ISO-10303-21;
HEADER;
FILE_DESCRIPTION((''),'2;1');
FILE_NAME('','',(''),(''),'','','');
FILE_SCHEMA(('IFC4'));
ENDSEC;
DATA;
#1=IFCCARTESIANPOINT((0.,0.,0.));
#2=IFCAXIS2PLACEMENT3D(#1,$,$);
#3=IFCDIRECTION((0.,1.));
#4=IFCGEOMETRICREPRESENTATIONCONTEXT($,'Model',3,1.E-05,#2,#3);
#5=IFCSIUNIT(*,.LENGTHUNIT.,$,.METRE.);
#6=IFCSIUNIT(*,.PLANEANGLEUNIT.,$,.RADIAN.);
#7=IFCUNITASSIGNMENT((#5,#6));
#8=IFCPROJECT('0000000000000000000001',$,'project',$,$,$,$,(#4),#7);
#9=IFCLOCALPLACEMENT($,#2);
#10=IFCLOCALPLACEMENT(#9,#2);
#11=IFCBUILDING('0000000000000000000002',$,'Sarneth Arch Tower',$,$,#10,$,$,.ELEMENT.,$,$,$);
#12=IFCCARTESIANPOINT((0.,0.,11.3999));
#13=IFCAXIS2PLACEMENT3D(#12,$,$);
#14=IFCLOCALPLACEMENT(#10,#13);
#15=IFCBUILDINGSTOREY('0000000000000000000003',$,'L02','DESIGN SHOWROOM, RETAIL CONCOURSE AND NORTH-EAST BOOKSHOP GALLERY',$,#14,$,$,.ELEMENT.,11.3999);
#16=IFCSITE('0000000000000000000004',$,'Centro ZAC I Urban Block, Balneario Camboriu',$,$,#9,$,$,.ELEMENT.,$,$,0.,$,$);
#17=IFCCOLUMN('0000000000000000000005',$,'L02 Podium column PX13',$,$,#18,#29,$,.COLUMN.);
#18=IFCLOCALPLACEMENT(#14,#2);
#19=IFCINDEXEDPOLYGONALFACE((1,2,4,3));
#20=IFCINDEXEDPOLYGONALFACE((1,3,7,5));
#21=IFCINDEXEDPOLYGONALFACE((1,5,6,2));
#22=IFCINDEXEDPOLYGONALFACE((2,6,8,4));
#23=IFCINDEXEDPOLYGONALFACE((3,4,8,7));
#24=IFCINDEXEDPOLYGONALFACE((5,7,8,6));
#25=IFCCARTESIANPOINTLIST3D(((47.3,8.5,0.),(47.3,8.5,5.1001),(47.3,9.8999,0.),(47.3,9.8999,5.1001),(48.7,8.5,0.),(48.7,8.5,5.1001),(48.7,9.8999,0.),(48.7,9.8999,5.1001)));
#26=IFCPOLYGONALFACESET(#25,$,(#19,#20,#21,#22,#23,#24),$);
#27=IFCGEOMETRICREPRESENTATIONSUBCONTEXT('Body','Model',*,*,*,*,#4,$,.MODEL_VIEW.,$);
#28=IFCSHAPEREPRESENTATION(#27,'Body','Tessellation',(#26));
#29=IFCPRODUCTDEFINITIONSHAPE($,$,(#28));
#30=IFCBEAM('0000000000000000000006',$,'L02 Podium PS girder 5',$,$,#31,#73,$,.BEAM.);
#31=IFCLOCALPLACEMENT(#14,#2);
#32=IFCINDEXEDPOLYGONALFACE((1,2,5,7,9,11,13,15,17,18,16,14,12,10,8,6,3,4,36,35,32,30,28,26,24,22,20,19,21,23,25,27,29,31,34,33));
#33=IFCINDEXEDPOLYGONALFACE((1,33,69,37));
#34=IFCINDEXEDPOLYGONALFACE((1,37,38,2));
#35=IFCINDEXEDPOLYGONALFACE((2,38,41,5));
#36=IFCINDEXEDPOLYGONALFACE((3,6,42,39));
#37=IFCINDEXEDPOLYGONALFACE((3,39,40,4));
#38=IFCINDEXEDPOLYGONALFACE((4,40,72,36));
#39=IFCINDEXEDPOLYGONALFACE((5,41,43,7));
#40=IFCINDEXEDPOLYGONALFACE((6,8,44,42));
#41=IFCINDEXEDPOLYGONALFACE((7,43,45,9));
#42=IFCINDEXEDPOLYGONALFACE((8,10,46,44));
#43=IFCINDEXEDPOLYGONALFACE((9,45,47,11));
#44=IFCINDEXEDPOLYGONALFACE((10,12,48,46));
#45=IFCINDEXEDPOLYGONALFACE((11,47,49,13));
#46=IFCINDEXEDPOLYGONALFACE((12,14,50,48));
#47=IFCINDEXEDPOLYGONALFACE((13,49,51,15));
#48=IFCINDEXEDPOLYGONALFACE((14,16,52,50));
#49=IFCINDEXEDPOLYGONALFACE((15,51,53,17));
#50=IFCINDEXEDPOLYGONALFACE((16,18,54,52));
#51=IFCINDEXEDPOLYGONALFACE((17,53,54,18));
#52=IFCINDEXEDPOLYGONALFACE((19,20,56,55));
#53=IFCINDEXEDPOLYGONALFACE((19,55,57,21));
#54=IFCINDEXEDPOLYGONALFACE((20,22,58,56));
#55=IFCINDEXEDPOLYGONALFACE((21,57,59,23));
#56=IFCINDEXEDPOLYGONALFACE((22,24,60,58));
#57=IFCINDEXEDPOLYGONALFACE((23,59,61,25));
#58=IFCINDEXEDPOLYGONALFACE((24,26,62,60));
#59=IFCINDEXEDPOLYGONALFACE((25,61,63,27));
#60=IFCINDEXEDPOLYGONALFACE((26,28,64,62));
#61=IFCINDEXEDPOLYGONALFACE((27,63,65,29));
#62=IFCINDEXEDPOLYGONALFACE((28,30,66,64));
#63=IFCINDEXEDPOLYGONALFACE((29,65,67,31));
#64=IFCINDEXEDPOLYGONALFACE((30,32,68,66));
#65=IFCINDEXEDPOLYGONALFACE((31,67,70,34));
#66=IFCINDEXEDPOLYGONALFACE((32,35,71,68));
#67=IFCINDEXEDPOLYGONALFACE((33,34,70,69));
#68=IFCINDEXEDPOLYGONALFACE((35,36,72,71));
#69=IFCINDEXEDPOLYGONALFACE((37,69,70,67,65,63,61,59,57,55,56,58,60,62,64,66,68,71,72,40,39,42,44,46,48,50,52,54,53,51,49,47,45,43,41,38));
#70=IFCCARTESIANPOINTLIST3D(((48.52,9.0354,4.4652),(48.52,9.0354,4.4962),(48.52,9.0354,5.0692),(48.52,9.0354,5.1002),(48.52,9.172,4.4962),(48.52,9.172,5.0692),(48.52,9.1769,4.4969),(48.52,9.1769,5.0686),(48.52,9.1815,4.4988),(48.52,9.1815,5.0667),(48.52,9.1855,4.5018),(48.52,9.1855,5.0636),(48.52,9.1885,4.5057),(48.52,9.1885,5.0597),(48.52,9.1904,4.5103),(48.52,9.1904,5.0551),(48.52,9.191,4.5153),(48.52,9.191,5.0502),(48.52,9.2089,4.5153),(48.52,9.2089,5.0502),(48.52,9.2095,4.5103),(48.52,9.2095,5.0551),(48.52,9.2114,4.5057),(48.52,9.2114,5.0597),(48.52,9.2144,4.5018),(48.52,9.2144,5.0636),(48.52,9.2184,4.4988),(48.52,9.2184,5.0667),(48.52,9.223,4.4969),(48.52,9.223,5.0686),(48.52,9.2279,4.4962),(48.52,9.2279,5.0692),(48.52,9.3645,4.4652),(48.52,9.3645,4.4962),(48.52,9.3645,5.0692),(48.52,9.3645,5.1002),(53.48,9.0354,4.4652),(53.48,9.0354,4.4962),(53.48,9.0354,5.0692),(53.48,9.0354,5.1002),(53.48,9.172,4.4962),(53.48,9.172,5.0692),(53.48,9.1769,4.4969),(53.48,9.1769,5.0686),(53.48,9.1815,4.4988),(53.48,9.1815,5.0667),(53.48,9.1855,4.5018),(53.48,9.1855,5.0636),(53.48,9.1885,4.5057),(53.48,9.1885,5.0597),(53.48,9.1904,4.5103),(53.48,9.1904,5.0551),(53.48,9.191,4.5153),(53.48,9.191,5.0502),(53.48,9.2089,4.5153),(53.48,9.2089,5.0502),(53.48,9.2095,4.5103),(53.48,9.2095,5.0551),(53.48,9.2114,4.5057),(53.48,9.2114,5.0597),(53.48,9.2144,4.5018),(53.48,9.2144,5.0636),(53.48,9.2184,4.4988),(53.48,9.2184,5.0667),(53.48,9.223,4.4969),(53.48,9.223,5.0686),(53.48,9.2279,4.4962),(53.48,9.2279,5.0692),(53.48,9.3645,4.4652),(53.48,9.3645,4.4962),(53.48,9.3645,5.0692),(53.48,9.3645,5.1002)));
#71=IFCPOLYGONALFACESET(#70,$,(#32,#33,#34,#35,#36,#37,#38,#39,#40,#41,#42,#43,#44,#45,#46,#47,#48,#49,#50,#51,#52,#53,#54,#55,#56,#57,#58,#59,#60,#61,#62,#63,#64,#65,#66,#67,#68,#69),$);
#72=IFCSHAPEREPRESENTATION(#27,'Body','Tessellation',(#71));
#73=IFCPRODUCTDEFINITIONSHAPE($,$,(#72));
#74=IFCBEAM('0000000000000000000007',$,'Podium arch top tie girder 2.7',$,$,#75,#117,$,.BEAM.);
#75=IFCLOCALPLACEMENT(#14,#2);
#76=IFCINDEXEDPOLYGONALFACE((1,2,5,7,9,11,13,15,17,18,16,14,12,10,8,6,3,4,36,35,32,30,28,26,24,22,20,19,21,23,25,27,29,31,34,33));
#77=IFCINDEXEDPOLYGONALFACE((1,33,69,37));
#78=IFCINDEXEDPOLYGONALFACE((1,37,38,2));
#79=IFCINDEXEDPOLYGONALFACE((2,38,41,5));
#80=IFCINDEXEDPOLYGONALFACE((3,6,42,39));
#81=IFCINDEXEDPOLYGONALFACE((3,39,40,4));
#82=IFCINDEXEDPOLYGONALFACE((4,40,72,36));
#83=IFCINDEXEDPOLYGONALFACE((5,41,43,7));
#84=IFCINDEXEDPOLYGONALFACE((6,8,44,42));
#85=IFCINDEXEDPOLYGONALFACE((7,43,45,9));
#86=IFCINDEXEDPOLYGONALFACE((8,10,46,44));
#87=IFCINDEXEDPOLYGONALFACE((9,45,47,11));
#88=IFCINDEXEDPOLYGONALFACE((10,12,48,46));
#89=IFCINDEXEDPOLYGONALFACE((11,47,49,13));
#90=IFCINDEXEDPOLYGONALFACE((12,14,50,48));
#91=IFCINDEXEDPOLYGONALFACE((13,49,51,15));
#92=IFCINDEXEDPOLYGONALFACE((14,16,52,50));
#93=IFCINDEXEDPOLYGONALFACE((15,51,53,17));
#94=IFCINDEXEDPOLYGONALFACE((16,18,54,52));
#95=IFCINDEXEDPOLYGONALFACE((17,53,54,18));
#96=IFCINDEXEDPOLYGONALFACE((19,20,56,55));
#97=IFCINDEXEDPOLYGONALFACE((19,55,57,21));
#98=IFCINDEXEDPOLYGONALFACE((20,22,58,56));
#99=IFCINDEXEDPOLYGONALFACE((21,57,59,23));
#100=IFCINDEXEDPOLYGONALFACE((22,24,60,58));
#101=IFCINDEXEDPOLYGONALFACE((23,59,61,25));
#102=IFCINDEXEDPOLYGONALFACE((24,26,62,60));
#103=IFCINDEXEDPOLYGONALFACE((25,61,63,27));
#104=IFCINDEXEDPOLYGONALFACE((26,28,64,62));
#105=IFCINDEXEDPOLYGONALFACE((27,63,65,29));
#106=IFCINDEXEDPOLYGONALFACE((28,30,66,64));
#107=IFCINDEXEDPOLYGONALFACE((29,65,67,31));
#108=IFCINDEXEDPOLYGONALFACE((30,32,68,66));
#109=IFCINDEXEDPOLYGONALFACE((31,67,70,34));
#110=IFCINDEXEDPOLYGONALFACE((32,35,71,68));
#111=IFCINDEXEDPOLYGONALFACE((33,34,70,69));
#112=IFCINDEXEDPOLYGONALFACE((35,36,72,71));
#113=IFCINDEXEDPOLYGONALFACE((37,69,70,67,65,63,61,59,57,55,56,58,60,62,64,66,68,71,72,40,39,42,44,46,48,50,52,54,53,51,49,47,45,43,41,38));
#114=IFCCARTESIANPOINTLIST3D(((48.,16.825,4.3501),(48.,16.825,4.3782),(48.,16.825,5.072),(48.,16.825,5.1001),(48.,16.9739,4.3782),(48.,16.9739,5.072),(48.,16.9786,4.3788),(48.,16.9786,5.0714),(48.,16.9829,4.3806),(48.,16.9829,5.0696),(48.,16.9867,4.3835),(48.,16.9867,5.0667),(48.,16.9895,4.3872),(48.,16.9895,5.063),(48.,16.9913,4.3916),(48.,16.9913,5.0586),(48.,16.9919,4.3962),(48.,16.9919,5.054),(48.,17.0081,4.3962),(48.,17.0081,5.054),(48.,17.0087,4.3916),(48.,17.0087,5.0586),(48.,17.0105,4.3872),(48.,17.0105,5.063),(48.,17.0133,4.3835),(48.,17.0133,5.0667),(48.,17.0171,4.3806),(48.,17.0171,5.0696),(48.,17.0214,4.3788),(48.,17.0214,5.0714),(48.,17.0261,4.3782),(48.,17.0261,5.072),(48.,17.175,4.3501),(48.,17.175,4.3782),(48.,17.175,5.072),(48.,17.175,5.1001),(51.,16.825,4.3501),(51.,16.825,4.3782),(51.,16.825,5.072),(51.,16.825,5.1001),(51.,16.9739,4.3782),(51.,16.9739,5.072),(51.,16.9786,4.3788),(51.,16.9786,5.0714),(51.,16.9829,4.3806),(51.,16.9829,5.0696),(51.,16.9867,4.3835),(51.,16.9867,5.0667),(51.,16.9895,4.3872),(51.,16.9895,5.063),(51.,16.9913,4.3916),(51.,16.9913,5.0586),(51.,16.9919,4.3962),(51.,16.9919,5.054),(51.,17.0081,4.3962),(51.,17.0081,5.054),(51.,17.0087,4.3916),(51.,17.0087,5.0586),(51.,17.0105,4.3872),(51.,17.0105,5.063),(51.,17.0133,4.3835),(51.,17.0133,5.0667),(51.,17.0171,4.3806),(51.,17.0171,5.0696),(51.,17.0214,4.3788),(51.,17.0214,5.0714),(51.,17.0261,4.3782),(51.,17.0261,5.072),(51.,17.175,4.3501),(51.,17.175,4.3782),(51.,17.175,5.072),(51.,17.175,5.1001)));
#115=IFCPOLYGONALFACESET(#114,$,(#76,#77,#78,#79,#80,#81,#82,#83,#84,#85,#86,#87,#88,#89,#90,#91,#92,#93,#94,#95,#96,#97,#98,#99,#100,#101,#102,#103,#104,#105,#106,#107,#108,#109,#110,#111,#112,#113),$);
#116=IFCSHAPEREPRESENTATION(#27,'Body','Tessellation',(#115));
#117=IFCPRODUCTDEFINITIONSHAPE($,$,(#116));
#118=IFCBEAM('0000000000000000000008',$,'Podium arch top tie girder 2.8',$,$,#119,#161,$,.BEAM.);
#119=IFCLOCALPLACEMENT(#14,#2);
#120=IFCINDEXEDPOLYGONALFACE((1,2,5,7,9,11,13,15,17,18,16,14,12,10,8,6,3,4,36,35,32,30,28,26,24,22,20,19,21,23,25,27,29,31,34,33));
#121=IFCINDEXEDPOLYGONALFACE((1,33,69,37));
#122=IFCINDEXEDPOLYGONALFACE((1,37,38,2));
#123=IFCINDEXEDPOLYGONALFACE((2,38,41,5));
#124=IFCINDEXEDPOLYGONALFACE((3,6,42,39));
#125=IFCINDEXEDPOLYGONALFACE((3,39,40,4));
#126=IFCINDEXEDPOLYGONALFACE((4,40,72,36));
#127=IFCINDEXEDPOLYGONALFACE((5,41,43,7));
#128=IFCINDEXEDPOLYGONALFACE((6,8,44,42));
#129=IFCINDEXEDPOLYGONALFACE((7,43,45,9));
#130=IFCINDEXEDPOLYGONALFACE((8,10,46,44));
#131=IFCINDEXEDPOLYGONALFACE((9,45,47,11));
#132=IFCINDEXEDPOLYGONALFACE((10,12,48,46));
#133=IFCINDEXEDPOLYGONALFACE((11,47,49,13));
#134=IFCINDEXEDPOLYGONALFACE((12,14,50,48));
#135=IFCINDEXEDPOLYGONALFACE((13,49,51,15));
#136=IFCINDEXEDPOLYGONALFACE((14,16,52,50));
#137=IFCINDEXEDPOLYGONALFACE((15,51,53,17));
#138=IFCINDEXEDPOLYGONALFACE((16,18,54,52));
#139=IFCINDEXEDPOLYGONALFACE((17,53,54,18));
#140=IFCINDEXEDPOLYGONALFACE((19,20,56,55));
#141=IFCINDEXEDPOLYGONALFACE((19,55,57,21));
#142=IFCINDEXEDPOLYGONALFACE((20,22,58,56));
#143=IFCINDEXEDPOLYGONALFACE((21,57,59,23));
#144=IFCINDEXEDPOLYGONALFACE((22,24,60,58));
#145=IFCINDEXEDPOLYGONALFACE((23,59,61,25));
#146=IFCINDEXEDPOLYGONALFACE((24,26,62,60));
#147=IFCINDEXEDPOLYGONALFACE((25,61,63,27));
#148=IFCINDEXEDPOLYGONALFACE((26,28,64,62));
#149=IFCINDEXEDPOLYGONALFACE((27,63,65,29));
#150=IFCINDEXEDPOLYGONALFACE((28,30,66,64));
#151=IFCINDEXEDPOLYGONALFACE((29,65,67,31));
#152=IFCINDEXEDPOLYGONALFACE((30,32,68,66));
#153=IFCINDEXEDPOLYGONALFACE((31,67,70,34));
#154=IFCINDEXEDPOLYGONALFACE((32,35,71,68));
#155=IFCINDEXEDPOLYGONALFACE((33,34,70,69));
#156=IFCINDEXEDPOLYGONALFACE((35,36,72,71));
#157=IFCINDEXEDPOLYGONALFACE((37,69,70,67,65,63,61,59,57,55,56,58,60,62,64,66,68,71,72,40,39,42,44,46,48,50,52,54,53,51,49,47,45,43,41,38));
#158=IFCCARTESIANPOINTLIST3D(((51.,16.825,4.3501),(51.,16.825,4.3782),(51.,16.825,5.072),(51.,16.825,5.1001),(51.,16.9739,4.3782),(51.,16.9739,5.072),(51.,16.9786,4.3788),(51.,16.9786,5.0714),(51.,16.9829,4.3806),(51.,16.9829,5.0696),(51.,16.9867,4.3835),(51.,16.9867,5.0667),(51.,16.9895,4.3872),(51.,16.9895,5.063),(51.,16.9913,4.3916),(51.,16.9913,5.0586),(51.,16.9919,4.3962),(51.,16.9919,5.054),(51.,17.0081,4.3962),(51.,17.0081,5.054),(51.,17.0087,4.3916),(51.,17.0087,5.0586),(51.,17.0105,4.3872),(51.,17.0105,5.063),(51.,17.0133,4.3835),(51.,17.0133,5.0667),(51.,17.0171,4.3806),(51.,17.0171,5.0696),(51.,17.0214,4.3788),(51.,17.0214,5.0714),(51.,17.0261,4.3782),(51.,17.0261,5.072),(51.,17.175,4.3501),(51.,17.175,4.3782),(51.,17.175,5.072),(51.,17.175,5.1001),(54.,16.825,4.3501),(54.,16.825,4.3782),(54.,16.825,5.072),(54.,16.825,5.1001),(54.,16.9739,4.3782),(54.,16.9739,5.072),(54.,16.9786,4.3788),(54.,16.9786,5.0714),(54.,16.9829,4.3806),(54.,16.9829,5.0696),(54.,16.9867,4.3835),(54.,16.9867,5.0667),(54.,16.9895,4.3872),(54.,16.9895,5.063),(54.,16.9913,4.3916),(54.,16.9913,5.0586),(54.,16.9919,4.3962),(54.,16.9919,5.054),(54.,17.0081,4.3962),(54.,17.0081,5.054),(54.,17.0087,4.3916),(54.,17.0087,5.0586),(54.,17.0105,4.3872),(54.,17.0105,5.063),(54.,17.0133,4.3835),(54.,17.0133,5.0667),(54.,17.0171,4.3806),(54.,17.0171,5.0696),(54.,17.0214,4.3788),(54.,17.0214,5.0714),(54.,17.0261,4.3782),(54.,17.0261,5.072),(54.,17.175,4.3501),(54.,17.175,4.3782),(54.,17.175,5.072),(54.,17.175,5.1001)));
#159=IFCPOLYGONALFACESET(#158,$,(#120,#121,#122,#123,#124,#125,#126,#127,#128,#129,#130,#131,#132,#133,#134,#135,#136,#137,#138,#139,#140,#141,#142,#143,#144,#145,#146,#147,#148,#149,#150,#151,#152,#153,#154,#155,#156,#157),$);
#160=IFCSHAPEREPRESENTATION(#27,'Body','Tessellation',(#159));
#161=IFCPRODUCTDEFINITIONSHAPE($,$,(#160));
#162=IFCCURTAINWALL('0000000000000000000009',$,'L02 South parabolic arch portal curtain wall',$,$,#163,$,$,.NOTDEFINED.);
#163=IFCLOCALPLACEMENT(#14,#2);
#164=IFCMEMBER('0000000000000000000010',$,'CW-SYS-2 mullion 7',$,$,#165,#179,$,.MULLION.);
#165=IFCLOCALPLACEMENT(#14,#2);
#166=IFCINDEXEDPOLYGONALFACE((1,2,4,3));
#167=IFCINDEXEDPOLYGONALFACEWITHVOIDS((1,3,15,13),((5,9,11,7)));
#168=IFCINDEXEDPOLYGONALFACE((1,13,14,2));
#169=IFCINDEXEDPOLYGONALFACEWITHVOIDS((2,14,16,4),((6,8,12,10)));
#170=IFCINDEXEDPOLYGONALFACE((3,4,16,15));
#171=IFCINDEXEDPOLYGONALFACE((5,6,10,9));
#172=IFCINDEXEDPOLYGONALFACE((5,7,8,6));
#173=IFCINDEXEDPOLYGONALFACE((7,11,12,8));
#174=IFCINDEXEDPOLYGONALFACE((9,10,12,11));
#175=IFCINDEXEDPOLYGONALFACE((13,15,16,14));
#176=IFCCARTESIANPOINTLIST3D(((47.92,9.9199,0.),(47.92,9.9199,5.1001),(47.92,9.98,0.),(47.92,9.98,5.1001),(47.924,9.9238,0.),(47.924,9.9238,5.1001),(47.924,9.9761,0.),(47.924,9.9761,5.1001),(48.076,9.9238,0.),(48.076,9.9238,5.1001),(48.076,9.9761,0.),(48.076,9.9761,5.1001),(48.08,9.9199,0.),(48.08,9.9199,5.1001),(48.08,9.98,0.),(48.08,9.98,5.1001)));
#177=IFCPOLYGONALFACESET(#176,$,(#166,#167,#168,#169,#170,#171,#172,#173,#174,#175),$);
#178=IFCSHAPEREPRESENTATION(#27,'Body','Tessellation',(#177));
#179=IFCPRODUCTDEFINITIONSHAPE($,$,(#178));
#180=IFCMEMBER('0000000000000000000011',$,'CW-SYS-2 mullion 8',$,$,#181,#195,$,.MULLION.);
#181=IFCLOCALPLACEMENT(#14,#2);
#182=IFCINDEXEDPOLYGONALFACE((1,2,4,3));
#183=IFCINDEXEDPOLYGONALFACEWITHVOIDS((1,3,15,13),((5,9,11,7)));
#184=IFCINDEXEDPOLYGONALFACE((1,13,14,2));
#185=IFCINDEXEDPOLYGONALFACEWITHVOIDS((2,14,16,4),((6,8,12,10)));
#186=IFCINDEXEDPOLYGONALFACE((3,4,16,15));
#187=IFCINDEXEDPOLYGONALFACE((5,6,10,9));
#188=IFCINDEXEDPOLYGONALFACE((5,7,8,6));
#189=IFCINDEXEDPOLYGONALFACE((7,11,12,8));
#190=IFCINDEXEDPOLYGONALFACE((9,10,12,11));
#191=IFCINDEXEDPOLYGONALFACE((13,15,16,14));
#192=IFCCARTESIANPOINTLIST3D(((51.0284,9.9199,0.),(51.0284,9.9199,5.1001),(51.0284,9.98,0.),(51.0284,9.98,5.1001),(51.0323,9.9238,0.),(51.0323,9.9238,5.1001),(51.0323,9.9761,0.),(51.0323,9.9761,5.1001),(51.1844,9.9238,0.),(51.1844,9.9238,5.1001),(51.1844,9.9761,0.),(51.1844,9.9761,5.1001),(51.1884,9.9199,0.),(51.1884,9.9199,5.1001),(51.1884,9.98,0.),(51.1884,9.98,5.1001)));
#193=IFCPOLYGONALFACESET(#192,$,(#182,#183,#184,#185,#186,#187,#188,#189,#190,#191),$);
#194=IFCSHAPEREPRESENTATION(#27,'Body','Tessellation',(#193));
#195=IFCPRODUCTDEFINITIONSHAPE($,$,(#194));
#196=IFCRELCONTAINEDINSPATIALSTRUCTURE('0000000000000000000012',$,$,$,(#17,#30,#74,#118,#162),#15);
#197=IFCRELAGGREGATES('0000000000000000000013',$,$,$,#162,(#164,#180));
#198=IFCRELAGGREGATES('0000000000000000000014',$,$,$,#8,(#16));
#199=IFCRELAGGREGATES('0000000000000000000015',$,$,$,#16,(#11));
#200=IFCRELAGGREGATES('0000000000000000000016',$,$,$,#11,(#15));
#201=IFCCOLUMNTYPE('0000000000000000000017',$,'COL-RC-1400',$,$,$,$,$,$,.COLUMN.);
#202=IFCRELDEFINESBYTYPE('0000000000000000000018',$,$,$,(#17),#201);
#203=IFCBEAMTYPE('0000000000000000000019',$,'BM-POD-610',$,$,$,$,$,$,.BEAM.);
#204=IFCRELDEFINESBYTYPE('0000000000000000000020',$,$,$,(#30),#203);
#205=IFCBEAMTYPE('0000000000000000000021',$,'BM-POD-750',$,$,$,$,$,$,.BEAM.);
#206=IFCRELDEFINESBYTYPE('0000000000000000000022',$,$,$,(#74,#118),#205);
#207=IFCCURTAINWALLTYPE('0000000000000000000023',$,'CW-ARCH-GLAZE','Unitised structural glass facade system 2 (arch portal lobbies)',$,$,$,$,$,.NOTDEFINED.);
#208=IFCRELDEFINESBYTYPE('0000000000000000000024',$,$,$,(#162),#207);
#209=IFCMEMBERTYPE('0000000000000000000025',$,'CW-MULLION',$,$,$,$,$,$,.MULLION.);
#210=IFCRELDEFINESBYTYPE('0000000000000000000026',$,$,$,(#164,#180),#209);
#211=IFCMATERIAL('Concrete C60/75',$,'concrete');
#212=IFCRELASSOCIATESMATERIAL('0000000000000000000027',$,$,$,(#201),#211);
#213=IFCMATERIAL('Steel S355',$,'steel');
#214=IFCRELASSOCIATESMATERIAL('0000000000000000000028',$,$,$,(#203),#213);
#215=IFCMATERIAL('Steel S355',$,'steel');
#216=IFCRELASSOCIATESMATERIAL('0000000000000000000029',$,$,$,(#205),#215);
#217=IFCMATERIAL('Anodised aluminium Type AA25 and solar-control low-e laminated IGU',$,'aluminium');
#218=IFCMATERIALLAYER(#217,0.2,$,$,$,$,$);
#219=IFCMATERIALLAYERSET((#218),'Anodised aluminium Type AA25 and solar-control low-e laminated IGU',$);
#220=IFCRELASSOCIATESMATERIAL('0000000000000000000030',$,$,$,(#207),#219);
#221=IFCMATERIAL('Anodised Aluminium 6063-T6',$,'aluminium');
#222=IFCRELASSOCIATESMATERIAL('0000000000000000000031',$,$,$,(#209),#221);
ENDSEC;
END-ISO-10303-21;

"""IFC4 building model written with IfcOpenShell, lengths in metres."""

from ifc_helpers import new_model, si_unit, direction, frame, origin, origin_2d, place, context, subcontext, project, spatial, rectangle, hollow_rectangle, i_section, extrude, material, layer, layer_set, material_profile, profile_set, type_object, element, aggregate, save


model = new_model("IFC4")

# Units and contexts
model_context = context("Model", 3, precision=1e-05, world=origin(), true_north=direction((0.0, 1.0)))
body_context = subcontext(model_context, "Body", "Model", "MODEL_VIEW")
ifc_project = project(units=[si_unit("LENGTHUNIT", "METRE"), si_unit("PLANEANGLEUNIT", "RADIAN")], contexts=[model_context])

# Site, building, storey
site_placement = place(None, origin())
site = spatial("IfcSite", under=ifc_project, at=site_placement, Name="Centro ZAC I Urban Block, Balneario Camboriu", CompositionType="ELEMENT", RefElevation=0.0)
building_placement = place(site_placement, origin())
building = spatial("IfcBuilding", under=site, at=building_placement, Name="Sarneth Arch Tower", CompositionType="ELEMENT")
storey_placement = place(building_placement, frame((0.0, 0.0, 11.3999)))
storey = spatial("IfcBuildingStorey", under=building, at=storey_placement, Name="L02", Description="DESIGN SHOWROOM, RETAIL CONCOURSE AND NORTH-EAST BOOKSHOP GALLERY", CompositionType="ELEMENT", Elevation=11.3999)

# Column
ifc_material_1 = material(Name="Concrete C60/75", Category="concrete")
ifc_material_profile_1 = material_profile(ifc_material_1, rectangle(XDim=1.3999, YDim=1.3999, at=origin_2d()), Name="RC-1400x1400")
ifc_profile_set_1 = profile_set([ifc_material_profile_1], Name="Concrete C60/75")
column_type = type_object("IfcColumnType", Name="COL-RC-1400", PredefinedType="COLUMN", material=ifc_profile_set_1)
column_placement = place(storey_placement, frame((48.0, 9.2, 0.0), z_axis=(0.0, 0.0, 1.0), x_axis=(1.0, 0.0, 0.0)))
element("IfcColumn", 1, at=column_placement, inside=storey, type_object=column_type, Name="L02 Podium column PX13", PredefinedType="COLUMN", context=body_context, shape_type="SweptSolid", body=[
    extrude(rectangle(XDim=1.3999, YDim=1.3999, at=origin_2d()), origin(), (0.0, 0.0, 1.0), 5.1001),
])

# Beams
ifc_material_2 = material(Name="Steel S355", Category="steel")
ifc_material_profile_2 = material_profile(ifc_material_2, i_section(OverallWidth=0.3291, OverallDepth=0.635, WebThickness=0.0178, FlangeThickness=0.031, FilletRadius=0.019, at=origin_2d()), Name="W610x241")
ifc_profile_set_2 = profile_set([ifc_material_profile_2], Name="Steel S355")
beam_type_1 = type_object("IfcBeamType", Name="BM-POD-610", PredefinedType="BEAM", material=ifc_profile_set_2)
beam_placement = place(storey_placement, frame((48.52, 9.2, 4.7827), z_axis=(1.0, 0.0, 0.0), x_axis=(0.0, 1.0, 0.0)))
element("IfcBeam", 2, at=beam_placement, inside=storey, type_object=beam_type_1, Name="L02 Podium PS girder 5", PredefinedType="BEAM", context=body_context, shape_type="SweptSolid", body=[
    extrude(i_section(OverallWidth=0.3291, OverallDepth=0.635, WebThickness=0.0178, FlangeThickness=0.031, FilletRadius=0.019, at=origin_2d()), origin(), (0.0, 0.0, 1.0), 4.96),
])
ifc_material_3 = material(Name="Steel S355", Category="steel")
ifc_material_profile_3 = material_profile(ifc_material_3, i_section(OverallWidth=0.3501, OverallDepth=0.75, WebThickness=0.0161, FlangeThickness=0.0281, FilletRadius=0.0181, at=origin_2d()), Name="CVS750x268")
ifc_profile_set_3 = profile_set([ifc_material_profile_3], Name="Steel S355")
beam_type_2 = type_object("IfcBeamType", Name="BM-POD-750", PredefinedType="BEAM", material=ifc_profile_set_3)
for number, where, z_axis, x_axis, name in (
    (3, (48.0, 17.0, 4.7251), (1.0, 0.0, 0.0), (0.0, 1.0, 0.0), "Podium arch top tie girder 2.7"),
    (4, (51.0, 17.0, 4.7251), (1.0, 0.0, 0.0), (0.0, 1.0, 0.0), "Podium arch top tie girder 2.8"),
):
    element("IfcBeam", number, at=place(storey_placement, frame(where, z_axis=z_axis, x_axis=x_axis)), inside=storey, type_object=beam_type_2, Name=name, PredefinedType="BEAM", context=body_context, shape_type="SweptSolid", body=[
        extrude(i_section(OverallWidth=0.3501, OverallDepth=0.75, WebThickness=0.0161, FlangeThickness=0.0281, FilletRadius=0.0181, at=origin_2d()), origin(), (0.0, 0.0, 1.0), 3.0),
    ])

# Curtain wall, members
ifc_material_4 = material(Name="Anodised aluminium Type AA25 and solar-control low-e laminated IGU", Category="aluminium")
ifc_layer_1 = layer(ifc_material_4, 0.2)
ifc_layer_set_1 = layer_set([ifc_layer_1], Name="Anodised aluminium Type AA25 and solar-control low-e laminated IGU")
curtain_wall_type = type_object("IfcCurtainWallType", Name="CW-ARCH-GLAZE", Description="Unitised structural glass facade system 2 (arch portal lobbies)", PredefinedType="NOTDEFINED", material=ifc_layer_set_1)
curtain_wall_placement = place(storey_placement, origin())
curtain_wall = element("IfcCurtainWall", 5, at=curtain_wall_placement, inside=storey, type_object=curtain_wall_type, Name="L02 South parabolic arch portal curtain wall", PredefinedType="NOTDEFINED")
ifc_material_5 = material(Name="Anodised Aluminium 6063-T6", Category="aluminium")
ifc_material_profile_4 = material_profile(ifc_material_5, hollow_rectangle(XDim=0.0601, YDim=0.1599, WallThickness=0.0039, at=origin_2d()), Name="AL-MULL-160x60x4")
ifc_profile_set_4 = profile_set([ifc_material_profile_4], Name="Anodised Aluminium 6063-T6")
member_type_1 = type_object("IfcMemberType", Name="CW-MULLION", PredefinedType="MULLION", material=ifc_profile_set_4)
member_1_placement = place(storey_placement, frame((48.0, 9.95, 0.0), z_axis=(0.0, 0.0, 1.0), x_axis=(0.0, 1.0, 0.0)))
member_1 = element("IfcMember", 6, at=member_1_placement, type_object=member_type_1, Name="CW-SYS-2 mullion 7", PredefinedType="MULLION", context=body_context, shape_type="SweptSolid", body=[
    extrude(hollow_rectangle(XDim=0.0601, YDim=0.1599, WallThickness=0.0039, at=origin_2d()), origin(), (0.0, 0.0, 1.0), 5.1001),
])
member_2_placement = place(storey_placement, frame((51.1084, 9.95, 0.0), z_axis=(0.0, 0.0, 1.0), x_axis=(0.0, 1.0, 0.0)))
member_2 = element("IfcMember", 7, at=member_2_placement, type_object=member_type_1, Name="CW-SYS-2 mullion 8", PredefinedType="MULLION", context=body_context, shape_type="SweptSolid", body=[
    extrude(hollow_rectangle(XDim=0.0601, YDim=0.1599, WallThickness=0.0039, at=origin_2d()), origin(), (0.0, 0.0, 1.0), 5.1001),
])

aggregate(curtain_wall, [member_1, member_2])

save(model, "model.ifc")
